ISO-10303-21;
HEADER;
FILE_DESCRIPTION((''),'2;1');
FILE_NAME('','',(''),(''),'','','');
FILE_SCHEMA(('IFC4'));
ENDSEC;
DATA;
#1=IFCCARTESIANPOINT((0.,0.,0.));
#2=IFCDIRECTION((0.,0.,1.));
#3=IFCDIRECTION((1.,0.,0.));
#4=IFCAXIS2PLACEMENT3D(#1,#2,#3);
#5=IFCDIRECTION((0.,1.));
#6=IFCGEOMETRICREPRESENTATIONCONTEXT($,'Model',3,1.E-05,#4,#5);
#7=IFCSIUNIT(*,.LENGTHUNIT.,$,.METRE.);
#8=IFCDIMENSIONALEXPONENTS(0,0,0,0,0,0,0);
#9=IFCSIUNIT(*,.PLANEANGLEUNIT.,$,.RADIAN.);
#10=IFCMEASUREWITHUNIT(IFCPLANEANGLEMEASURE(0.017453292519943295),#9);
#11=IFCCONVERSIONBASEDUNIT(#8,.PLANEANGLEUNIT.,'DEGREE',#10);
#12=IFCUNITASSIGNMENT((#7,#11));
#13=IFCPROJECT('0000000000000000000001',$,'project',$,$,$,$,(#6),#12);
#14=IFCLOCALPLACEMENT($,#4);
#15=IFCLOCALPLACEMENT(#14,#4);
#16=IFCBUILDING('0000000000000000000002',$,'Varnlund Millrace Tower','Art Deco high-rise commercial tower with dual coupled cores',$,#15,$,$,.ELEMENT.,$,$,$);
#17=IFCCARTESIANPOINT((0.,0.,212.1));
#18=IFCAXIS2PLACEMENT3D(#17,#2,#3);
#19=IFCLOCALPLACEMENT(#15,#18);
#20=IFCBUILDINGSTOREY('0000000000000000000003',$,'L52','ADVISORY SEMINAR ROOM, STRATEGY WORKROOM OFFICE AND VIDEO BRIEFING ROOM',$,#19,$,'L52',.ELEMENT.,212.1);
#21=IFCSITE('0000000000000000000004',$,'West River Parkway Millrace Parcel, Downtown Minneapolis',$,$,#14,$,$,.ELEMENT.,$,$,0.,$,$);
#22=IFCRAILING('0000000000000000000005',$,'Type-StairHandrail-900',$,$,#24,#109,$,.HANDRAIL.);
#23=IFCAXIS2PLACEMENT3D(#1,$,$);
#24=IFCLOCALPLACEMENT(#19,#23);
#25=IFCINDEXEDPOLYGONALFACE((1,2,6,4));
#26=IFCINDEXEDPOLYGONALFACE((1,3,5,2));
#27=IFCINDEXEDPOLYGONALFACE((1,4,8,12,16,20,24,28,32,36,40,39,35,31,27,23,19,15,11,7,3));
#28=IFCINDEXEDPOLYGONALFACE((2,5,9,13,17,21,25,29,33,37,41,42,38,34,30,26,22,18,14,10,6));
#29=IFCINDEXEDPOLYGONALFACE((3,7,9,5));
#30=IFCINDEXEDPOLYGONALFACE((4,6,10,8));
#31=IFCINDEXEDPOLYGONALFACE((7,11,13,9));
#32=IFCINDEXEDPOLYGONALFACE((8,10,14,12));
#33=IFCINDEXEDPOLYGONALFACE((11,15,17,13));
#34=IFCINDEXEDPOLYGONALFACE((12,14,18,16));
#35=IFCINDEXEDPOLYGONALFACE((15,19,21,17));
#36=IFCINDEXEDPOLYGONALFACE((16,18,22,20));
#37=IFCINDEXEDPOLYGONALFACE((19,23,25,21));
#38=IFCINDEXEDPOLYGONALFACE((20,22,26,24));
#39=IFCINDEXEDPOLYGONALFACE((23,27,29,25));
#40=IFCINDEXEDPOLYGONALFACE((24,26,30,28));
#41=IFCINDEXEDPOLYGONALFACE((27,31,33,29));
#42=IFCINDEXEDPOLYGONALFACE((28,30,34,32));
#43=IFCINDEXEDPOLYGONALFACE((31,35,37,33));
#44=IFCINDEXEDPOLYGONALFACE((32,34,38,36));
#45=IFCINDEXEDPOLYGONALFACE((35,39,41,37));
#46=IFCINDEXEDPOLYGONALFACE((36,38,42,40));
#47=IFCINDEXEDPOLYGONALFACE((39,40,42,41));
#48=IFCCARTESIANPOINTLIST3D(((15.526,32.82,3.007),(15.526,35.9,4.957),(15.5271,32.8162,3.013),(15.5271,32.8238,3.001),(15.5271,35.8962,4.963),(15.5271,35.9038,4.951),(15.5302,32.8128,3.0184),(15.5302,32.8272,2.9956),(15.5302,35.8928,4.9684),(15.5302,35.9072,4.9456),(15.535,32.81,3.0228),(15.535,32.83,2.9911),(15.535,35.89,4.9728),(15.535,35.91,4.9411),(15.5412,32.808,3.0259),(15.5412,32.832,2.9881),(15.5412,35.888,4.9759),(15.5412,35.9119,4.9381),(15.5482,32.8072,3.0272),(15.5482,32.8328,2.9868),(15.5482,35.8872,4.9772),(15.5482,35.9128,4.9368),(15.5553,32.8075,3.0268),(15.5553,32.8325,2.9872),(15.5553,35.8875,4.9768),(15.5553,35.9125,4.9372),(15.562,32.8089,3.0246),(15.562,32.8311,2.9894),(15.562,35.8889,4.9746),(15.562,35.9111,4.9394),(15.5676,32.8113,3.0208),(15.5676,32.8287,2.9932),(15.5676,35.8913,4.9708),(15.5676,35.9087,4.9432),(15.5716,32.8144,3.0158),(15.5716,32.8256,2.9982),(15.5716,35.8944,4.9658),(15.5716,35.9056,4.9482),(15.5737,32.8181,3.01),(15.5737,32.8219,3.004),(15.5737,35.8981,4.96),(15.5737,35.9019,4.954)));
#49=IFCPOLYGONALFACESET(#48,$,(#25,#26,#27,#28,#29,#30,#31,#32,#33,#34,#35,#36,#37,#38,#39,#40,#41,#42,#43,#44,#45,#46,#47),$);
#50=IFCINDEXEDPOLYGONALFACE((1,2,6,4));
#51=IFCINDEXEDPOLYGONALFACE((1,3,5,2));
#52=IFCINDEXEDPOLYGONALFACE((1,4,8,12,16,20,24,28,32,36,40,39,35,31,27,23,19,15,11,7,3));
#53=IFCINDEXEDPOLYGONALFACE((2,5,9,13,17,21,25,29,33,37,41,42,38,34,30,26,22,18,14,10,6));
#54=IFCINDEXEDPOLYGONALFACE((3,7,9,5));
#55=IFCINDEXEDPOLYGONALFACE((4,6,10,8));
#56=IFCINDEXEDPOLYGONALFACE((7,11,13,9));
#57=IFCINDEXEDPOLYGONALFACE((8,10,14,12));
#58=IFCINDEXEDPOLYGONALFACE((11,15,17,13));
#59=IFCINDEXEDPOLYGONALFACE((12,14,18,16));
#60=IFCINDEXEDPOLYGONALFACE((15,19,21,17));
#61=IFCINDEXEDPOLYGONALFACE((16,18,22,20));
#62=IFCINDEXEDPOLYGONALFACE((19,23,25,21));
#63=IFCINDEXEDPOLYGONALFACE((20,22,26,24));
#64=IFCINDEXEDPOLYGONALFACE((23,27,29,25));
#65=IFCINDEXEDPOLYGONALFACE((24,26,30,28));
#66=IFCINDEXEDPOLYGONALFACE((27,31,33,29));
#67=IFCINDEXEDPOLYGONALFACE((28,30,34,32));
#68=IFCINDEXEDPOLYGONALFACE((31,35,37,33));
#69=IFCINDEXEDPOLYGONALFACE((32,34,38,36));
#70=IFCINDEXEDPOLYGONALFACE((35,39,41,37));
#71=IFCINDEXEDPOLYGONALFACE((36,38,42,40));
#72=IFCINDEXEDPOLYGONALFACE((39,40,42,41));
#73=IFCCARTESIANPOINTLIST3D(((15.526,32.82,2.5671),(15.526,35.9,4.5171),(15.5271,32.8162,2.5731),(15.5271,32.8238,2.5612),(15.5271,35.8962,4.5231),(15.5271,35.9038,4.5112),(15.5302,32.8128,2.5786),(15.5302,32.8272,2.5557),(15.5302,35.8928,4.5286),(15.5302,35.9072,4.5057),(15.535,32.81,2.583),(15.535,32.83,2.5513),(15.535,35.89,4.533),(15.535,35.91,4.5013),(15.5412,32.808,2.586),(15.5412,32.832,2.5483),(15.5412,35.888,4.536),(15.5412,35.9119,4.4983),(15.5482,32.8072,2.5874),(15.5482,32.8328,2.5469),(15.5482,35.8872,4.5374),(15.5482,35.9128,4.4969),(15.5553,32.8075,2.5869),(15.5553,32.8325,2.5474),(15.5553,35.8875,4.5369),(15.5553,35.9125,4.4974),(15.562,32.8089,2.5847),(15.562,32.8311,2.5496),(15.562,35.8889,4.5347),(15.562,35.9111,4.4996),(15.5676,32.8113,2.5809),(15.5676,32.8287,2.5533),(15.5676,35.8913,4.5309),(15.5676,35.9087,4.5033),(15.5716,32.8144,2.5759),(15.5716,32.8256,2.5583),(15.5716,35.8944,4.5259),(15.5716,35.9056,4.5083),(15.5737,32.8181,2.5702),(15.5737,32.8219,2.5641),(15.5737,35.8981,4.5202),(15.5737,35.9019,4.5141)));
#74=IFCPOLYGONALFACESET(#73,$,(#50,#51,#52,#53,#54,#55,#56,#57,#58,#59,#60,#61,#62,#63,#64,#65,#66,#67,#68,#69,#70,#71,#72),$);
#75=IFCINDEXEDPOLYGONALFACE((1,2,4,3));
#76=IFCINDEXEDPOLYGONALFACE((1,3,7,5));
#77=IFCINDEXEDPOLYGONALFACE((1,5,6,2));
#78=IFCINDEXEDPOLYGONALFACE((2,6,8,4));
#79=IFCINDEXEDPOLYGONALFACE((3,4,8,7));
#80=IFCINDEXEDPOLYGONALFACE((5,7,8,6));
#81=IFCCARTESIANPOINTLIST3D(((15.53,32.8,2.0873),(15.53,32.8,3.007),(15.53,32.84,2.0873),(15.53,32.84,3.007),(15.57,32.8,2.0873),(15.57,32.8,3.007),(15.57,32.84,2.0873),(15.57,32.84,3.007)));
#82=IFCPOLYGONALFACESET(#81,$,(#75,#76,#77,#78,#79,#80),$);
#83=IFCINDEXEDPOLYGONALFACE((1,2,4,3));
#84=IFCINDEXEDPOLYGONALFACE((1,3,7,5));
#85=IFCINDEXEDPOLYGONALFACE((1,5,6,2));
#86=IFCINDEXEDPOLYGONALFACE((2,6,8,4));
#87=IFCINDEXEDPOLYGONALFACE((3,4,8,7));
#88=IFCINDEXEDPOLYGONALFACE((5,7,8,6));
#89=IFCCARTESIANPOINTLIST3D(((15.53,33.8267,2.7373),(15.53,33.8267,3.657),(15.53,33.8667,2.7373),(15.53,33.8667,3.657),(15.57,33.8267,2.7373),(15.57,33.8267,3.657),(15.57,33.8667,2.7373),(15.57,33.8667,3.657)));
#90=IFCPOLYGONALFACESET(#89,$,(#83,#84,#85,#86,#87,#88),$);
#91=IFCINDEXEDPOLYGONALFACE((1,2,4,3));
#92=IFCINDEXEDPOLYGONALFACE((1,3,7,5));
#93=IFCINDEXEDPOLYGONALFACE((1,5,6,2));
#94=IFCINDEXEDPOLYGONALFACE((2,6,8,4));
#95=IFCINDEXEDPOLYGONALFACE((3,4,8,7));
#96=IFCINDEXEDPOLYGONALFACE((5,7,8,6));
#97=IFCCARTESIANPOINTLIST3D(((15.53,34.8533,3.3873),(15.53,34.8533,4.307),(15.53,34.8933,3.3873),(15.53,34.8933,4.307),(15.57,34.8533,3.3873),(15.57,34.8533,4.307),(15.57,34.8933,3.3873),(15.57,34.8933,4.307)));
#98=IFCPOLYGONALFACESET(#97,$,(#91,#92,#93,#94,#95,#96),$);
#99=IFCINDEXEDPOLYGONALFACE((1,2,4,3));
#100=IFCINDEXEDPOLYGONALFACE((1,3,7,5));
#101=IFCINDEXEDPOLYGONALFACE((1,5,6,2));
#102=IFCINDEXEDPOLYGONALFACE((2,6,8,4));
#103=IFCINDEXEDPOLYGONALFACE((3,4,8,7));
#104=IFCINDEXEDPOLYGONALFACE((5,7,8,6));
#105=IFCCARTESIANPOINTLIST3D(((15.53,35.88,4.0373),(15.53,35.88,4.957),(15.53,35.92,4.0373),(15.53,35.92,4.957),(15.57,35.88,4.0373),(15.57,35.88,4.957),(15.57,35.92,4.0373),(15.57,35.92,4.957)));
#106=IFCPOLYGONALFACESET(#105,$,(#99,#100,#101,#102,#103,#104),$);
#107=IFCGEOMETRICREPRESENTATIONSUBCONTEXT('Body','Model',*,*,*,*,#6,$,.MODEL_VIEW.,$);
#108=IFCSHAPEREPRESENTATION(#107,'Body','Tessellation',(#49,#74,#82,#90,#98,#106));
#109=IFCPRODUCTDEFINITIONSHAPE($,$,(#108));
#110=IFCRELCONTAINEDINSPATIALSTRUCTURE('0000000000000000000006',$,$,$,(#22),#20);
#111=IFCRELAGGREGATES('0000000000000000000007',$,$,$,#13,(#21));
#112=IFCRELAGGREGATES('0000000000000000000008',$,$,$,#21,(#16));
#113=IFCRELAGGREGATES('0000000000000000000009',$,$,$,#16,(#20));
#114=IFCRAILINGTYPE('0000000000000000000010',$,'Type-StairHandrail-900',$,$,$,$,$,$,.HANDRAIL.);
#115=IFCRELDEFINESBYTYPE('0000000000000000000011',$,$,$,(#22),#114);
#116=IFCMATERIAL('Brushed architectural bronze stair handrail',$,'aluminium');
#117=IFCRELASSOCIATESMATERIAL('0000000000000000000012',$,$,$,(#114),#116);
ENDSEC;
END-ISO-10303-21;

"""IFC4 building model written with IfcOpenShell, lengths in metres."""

from ifc_helpers import new_model, entity, si_unit, converted_unit, direction, frame, origin_with_axes, origin_2d_with_axis, place, context, subcontext, project, spatial, rectangle, circle, extrude, material, type_object, element, save


model = new_model("IFC4")

# Units and contexts
model_context = context("Model", 3, precision=1e-05, world=origin_with_axes(), true_north=direction((0.0, 1.0)))
body_context = subcontext(model_context, "Body", "Model", "MODEL_VIEW")
ifc_project = project(units=[si_unit("LENGTHUNIT", "METRE"), converted_unit("PLANEANGLEUNIT", "DEGREE", entity("IfcPlaneAngleMeasure", 0.017453292519943295), si_unit("PLANEANGLEUNIT", "RADIAN"), dimensions=[0, 0, 0, 0, 0, 0, 0])], contexts=[model_context])

# Site, building, storey
site_placement = place(None, origin_with_axes())
site = spatial("IfcSite", under=ifc_project, at=site_placement, Name="West River Parkway Millrace Parcel, Downtown Minneapolis", CompositionType="ELEMENT", RefElevation=0.0)
building_placement = place(site_placement, origin_with_axes())
building = spatial("IfcBuilding", under=site, at=building_placement, Name="Varnlund Millrace Tower", Description="Art Deco high-rise commercial tower with dual coupled cores", CompositionType="ELEMENT")
storey_placement = place(building_placement, frame((0.0, 0.0, 212.1), z_axis=(0.0, 0.0, 1.0), x_axis=(1.0, 0.0, 0.0)))
storey = spatial("IfcBuildingStorey", under=building, at=storey_placement, Name="L52", Description="ADVISORY SEMINAR ROOM, STRATEGY WORKROOM OFFICE AND VIDEO BRIEFING ROOM", LongName="L52", CompositionType="ELEMENT", Elevation=212.1)

# Railing
ifc_material_1 = material(Name="Brushed architectural bronze stair handrail", Category="aluminium")
railing_type_1 = type_object("IfcRailingType", Name="Type-StairHandrail-900", PredefinedType="HANDRAIL", material=ifc_material_1)
railing_1_placement = place(storey_placement, frame((0.0, 0.0, -212.1), z_axis=(0.0, 0.0, 1.0), x_axis=(1.0, 0.0, 0.0)))
element("IfcRailing", 1, at=railing_1_placement, inside=storey, type_object=railing_type_1, Name="Type-StairHandrail-900", PredefinedType="HANDRAIL", context=body_context, shape_type="SweptSolid", body=[
    extrude(circle(Radius=0.024, at=origin_2d_with_axis()), frame((15.55, 32.82, 215.107), z_axis=(0.0, 0.844902, 0.534922), x_axis=(-1.0, 0.0, 0.0)), (0.0, 0.0, 1.0), 3.6454),
    extrude(circle(Radius=0.024, at=origin_2d_with_axis()), frame((15.55, 32.82, 214.6671), z_axis=(0.0, 0.844902, 0.534922), x_axis=(-1.0, 0.0, 0.0)), (0.0, 0.0, 1.0), 3.6454),
    extrude(rectangle(XDim=0.04, YDim=0.04, at=origin_2d_with_axis()), frame((15.55, 32.82, 214.1873), z_axis=(0.0, 0.0, 1.0), x_axis=(1.0, 0.0, 0.0)), (0.0, 0.0, 1.0), 0.9197),
    extrude(rectangle(XDim=0.04, YDim=0.04, at=origin_2d_with_axis()), frame((15.55, 33.8467, 214.8373), z_axis=(0.0, 0.0, 1.0), x_axis=(1.0, 0.0, 0.0)), (0.0, 0.0, 1.0), 0.9197),
    extrude(rectangle(XDim=0.04, YDim=0.04, at=origin_2d_with_axis()), frame((15.55, 34.8733, 215.4873), z_axis=(0.0, 0.0, 1.0), x_axis=(1.0, 0.0, 0.0)), (0.0, 0.0, 1.0), 0.9197),
    extrude(rectangle(XDim=0.04, YDim=0.04, at=origin_2d_with_axis()), frame((15.55, 35.9, 216.1373), z_axis=(0.0, 0.0, 1.0), x_axis=(1.0, 0.0, 0.0)), (0.0, 0.0, 1.0), 0.9197),
])

save(model, "model.ifc")
